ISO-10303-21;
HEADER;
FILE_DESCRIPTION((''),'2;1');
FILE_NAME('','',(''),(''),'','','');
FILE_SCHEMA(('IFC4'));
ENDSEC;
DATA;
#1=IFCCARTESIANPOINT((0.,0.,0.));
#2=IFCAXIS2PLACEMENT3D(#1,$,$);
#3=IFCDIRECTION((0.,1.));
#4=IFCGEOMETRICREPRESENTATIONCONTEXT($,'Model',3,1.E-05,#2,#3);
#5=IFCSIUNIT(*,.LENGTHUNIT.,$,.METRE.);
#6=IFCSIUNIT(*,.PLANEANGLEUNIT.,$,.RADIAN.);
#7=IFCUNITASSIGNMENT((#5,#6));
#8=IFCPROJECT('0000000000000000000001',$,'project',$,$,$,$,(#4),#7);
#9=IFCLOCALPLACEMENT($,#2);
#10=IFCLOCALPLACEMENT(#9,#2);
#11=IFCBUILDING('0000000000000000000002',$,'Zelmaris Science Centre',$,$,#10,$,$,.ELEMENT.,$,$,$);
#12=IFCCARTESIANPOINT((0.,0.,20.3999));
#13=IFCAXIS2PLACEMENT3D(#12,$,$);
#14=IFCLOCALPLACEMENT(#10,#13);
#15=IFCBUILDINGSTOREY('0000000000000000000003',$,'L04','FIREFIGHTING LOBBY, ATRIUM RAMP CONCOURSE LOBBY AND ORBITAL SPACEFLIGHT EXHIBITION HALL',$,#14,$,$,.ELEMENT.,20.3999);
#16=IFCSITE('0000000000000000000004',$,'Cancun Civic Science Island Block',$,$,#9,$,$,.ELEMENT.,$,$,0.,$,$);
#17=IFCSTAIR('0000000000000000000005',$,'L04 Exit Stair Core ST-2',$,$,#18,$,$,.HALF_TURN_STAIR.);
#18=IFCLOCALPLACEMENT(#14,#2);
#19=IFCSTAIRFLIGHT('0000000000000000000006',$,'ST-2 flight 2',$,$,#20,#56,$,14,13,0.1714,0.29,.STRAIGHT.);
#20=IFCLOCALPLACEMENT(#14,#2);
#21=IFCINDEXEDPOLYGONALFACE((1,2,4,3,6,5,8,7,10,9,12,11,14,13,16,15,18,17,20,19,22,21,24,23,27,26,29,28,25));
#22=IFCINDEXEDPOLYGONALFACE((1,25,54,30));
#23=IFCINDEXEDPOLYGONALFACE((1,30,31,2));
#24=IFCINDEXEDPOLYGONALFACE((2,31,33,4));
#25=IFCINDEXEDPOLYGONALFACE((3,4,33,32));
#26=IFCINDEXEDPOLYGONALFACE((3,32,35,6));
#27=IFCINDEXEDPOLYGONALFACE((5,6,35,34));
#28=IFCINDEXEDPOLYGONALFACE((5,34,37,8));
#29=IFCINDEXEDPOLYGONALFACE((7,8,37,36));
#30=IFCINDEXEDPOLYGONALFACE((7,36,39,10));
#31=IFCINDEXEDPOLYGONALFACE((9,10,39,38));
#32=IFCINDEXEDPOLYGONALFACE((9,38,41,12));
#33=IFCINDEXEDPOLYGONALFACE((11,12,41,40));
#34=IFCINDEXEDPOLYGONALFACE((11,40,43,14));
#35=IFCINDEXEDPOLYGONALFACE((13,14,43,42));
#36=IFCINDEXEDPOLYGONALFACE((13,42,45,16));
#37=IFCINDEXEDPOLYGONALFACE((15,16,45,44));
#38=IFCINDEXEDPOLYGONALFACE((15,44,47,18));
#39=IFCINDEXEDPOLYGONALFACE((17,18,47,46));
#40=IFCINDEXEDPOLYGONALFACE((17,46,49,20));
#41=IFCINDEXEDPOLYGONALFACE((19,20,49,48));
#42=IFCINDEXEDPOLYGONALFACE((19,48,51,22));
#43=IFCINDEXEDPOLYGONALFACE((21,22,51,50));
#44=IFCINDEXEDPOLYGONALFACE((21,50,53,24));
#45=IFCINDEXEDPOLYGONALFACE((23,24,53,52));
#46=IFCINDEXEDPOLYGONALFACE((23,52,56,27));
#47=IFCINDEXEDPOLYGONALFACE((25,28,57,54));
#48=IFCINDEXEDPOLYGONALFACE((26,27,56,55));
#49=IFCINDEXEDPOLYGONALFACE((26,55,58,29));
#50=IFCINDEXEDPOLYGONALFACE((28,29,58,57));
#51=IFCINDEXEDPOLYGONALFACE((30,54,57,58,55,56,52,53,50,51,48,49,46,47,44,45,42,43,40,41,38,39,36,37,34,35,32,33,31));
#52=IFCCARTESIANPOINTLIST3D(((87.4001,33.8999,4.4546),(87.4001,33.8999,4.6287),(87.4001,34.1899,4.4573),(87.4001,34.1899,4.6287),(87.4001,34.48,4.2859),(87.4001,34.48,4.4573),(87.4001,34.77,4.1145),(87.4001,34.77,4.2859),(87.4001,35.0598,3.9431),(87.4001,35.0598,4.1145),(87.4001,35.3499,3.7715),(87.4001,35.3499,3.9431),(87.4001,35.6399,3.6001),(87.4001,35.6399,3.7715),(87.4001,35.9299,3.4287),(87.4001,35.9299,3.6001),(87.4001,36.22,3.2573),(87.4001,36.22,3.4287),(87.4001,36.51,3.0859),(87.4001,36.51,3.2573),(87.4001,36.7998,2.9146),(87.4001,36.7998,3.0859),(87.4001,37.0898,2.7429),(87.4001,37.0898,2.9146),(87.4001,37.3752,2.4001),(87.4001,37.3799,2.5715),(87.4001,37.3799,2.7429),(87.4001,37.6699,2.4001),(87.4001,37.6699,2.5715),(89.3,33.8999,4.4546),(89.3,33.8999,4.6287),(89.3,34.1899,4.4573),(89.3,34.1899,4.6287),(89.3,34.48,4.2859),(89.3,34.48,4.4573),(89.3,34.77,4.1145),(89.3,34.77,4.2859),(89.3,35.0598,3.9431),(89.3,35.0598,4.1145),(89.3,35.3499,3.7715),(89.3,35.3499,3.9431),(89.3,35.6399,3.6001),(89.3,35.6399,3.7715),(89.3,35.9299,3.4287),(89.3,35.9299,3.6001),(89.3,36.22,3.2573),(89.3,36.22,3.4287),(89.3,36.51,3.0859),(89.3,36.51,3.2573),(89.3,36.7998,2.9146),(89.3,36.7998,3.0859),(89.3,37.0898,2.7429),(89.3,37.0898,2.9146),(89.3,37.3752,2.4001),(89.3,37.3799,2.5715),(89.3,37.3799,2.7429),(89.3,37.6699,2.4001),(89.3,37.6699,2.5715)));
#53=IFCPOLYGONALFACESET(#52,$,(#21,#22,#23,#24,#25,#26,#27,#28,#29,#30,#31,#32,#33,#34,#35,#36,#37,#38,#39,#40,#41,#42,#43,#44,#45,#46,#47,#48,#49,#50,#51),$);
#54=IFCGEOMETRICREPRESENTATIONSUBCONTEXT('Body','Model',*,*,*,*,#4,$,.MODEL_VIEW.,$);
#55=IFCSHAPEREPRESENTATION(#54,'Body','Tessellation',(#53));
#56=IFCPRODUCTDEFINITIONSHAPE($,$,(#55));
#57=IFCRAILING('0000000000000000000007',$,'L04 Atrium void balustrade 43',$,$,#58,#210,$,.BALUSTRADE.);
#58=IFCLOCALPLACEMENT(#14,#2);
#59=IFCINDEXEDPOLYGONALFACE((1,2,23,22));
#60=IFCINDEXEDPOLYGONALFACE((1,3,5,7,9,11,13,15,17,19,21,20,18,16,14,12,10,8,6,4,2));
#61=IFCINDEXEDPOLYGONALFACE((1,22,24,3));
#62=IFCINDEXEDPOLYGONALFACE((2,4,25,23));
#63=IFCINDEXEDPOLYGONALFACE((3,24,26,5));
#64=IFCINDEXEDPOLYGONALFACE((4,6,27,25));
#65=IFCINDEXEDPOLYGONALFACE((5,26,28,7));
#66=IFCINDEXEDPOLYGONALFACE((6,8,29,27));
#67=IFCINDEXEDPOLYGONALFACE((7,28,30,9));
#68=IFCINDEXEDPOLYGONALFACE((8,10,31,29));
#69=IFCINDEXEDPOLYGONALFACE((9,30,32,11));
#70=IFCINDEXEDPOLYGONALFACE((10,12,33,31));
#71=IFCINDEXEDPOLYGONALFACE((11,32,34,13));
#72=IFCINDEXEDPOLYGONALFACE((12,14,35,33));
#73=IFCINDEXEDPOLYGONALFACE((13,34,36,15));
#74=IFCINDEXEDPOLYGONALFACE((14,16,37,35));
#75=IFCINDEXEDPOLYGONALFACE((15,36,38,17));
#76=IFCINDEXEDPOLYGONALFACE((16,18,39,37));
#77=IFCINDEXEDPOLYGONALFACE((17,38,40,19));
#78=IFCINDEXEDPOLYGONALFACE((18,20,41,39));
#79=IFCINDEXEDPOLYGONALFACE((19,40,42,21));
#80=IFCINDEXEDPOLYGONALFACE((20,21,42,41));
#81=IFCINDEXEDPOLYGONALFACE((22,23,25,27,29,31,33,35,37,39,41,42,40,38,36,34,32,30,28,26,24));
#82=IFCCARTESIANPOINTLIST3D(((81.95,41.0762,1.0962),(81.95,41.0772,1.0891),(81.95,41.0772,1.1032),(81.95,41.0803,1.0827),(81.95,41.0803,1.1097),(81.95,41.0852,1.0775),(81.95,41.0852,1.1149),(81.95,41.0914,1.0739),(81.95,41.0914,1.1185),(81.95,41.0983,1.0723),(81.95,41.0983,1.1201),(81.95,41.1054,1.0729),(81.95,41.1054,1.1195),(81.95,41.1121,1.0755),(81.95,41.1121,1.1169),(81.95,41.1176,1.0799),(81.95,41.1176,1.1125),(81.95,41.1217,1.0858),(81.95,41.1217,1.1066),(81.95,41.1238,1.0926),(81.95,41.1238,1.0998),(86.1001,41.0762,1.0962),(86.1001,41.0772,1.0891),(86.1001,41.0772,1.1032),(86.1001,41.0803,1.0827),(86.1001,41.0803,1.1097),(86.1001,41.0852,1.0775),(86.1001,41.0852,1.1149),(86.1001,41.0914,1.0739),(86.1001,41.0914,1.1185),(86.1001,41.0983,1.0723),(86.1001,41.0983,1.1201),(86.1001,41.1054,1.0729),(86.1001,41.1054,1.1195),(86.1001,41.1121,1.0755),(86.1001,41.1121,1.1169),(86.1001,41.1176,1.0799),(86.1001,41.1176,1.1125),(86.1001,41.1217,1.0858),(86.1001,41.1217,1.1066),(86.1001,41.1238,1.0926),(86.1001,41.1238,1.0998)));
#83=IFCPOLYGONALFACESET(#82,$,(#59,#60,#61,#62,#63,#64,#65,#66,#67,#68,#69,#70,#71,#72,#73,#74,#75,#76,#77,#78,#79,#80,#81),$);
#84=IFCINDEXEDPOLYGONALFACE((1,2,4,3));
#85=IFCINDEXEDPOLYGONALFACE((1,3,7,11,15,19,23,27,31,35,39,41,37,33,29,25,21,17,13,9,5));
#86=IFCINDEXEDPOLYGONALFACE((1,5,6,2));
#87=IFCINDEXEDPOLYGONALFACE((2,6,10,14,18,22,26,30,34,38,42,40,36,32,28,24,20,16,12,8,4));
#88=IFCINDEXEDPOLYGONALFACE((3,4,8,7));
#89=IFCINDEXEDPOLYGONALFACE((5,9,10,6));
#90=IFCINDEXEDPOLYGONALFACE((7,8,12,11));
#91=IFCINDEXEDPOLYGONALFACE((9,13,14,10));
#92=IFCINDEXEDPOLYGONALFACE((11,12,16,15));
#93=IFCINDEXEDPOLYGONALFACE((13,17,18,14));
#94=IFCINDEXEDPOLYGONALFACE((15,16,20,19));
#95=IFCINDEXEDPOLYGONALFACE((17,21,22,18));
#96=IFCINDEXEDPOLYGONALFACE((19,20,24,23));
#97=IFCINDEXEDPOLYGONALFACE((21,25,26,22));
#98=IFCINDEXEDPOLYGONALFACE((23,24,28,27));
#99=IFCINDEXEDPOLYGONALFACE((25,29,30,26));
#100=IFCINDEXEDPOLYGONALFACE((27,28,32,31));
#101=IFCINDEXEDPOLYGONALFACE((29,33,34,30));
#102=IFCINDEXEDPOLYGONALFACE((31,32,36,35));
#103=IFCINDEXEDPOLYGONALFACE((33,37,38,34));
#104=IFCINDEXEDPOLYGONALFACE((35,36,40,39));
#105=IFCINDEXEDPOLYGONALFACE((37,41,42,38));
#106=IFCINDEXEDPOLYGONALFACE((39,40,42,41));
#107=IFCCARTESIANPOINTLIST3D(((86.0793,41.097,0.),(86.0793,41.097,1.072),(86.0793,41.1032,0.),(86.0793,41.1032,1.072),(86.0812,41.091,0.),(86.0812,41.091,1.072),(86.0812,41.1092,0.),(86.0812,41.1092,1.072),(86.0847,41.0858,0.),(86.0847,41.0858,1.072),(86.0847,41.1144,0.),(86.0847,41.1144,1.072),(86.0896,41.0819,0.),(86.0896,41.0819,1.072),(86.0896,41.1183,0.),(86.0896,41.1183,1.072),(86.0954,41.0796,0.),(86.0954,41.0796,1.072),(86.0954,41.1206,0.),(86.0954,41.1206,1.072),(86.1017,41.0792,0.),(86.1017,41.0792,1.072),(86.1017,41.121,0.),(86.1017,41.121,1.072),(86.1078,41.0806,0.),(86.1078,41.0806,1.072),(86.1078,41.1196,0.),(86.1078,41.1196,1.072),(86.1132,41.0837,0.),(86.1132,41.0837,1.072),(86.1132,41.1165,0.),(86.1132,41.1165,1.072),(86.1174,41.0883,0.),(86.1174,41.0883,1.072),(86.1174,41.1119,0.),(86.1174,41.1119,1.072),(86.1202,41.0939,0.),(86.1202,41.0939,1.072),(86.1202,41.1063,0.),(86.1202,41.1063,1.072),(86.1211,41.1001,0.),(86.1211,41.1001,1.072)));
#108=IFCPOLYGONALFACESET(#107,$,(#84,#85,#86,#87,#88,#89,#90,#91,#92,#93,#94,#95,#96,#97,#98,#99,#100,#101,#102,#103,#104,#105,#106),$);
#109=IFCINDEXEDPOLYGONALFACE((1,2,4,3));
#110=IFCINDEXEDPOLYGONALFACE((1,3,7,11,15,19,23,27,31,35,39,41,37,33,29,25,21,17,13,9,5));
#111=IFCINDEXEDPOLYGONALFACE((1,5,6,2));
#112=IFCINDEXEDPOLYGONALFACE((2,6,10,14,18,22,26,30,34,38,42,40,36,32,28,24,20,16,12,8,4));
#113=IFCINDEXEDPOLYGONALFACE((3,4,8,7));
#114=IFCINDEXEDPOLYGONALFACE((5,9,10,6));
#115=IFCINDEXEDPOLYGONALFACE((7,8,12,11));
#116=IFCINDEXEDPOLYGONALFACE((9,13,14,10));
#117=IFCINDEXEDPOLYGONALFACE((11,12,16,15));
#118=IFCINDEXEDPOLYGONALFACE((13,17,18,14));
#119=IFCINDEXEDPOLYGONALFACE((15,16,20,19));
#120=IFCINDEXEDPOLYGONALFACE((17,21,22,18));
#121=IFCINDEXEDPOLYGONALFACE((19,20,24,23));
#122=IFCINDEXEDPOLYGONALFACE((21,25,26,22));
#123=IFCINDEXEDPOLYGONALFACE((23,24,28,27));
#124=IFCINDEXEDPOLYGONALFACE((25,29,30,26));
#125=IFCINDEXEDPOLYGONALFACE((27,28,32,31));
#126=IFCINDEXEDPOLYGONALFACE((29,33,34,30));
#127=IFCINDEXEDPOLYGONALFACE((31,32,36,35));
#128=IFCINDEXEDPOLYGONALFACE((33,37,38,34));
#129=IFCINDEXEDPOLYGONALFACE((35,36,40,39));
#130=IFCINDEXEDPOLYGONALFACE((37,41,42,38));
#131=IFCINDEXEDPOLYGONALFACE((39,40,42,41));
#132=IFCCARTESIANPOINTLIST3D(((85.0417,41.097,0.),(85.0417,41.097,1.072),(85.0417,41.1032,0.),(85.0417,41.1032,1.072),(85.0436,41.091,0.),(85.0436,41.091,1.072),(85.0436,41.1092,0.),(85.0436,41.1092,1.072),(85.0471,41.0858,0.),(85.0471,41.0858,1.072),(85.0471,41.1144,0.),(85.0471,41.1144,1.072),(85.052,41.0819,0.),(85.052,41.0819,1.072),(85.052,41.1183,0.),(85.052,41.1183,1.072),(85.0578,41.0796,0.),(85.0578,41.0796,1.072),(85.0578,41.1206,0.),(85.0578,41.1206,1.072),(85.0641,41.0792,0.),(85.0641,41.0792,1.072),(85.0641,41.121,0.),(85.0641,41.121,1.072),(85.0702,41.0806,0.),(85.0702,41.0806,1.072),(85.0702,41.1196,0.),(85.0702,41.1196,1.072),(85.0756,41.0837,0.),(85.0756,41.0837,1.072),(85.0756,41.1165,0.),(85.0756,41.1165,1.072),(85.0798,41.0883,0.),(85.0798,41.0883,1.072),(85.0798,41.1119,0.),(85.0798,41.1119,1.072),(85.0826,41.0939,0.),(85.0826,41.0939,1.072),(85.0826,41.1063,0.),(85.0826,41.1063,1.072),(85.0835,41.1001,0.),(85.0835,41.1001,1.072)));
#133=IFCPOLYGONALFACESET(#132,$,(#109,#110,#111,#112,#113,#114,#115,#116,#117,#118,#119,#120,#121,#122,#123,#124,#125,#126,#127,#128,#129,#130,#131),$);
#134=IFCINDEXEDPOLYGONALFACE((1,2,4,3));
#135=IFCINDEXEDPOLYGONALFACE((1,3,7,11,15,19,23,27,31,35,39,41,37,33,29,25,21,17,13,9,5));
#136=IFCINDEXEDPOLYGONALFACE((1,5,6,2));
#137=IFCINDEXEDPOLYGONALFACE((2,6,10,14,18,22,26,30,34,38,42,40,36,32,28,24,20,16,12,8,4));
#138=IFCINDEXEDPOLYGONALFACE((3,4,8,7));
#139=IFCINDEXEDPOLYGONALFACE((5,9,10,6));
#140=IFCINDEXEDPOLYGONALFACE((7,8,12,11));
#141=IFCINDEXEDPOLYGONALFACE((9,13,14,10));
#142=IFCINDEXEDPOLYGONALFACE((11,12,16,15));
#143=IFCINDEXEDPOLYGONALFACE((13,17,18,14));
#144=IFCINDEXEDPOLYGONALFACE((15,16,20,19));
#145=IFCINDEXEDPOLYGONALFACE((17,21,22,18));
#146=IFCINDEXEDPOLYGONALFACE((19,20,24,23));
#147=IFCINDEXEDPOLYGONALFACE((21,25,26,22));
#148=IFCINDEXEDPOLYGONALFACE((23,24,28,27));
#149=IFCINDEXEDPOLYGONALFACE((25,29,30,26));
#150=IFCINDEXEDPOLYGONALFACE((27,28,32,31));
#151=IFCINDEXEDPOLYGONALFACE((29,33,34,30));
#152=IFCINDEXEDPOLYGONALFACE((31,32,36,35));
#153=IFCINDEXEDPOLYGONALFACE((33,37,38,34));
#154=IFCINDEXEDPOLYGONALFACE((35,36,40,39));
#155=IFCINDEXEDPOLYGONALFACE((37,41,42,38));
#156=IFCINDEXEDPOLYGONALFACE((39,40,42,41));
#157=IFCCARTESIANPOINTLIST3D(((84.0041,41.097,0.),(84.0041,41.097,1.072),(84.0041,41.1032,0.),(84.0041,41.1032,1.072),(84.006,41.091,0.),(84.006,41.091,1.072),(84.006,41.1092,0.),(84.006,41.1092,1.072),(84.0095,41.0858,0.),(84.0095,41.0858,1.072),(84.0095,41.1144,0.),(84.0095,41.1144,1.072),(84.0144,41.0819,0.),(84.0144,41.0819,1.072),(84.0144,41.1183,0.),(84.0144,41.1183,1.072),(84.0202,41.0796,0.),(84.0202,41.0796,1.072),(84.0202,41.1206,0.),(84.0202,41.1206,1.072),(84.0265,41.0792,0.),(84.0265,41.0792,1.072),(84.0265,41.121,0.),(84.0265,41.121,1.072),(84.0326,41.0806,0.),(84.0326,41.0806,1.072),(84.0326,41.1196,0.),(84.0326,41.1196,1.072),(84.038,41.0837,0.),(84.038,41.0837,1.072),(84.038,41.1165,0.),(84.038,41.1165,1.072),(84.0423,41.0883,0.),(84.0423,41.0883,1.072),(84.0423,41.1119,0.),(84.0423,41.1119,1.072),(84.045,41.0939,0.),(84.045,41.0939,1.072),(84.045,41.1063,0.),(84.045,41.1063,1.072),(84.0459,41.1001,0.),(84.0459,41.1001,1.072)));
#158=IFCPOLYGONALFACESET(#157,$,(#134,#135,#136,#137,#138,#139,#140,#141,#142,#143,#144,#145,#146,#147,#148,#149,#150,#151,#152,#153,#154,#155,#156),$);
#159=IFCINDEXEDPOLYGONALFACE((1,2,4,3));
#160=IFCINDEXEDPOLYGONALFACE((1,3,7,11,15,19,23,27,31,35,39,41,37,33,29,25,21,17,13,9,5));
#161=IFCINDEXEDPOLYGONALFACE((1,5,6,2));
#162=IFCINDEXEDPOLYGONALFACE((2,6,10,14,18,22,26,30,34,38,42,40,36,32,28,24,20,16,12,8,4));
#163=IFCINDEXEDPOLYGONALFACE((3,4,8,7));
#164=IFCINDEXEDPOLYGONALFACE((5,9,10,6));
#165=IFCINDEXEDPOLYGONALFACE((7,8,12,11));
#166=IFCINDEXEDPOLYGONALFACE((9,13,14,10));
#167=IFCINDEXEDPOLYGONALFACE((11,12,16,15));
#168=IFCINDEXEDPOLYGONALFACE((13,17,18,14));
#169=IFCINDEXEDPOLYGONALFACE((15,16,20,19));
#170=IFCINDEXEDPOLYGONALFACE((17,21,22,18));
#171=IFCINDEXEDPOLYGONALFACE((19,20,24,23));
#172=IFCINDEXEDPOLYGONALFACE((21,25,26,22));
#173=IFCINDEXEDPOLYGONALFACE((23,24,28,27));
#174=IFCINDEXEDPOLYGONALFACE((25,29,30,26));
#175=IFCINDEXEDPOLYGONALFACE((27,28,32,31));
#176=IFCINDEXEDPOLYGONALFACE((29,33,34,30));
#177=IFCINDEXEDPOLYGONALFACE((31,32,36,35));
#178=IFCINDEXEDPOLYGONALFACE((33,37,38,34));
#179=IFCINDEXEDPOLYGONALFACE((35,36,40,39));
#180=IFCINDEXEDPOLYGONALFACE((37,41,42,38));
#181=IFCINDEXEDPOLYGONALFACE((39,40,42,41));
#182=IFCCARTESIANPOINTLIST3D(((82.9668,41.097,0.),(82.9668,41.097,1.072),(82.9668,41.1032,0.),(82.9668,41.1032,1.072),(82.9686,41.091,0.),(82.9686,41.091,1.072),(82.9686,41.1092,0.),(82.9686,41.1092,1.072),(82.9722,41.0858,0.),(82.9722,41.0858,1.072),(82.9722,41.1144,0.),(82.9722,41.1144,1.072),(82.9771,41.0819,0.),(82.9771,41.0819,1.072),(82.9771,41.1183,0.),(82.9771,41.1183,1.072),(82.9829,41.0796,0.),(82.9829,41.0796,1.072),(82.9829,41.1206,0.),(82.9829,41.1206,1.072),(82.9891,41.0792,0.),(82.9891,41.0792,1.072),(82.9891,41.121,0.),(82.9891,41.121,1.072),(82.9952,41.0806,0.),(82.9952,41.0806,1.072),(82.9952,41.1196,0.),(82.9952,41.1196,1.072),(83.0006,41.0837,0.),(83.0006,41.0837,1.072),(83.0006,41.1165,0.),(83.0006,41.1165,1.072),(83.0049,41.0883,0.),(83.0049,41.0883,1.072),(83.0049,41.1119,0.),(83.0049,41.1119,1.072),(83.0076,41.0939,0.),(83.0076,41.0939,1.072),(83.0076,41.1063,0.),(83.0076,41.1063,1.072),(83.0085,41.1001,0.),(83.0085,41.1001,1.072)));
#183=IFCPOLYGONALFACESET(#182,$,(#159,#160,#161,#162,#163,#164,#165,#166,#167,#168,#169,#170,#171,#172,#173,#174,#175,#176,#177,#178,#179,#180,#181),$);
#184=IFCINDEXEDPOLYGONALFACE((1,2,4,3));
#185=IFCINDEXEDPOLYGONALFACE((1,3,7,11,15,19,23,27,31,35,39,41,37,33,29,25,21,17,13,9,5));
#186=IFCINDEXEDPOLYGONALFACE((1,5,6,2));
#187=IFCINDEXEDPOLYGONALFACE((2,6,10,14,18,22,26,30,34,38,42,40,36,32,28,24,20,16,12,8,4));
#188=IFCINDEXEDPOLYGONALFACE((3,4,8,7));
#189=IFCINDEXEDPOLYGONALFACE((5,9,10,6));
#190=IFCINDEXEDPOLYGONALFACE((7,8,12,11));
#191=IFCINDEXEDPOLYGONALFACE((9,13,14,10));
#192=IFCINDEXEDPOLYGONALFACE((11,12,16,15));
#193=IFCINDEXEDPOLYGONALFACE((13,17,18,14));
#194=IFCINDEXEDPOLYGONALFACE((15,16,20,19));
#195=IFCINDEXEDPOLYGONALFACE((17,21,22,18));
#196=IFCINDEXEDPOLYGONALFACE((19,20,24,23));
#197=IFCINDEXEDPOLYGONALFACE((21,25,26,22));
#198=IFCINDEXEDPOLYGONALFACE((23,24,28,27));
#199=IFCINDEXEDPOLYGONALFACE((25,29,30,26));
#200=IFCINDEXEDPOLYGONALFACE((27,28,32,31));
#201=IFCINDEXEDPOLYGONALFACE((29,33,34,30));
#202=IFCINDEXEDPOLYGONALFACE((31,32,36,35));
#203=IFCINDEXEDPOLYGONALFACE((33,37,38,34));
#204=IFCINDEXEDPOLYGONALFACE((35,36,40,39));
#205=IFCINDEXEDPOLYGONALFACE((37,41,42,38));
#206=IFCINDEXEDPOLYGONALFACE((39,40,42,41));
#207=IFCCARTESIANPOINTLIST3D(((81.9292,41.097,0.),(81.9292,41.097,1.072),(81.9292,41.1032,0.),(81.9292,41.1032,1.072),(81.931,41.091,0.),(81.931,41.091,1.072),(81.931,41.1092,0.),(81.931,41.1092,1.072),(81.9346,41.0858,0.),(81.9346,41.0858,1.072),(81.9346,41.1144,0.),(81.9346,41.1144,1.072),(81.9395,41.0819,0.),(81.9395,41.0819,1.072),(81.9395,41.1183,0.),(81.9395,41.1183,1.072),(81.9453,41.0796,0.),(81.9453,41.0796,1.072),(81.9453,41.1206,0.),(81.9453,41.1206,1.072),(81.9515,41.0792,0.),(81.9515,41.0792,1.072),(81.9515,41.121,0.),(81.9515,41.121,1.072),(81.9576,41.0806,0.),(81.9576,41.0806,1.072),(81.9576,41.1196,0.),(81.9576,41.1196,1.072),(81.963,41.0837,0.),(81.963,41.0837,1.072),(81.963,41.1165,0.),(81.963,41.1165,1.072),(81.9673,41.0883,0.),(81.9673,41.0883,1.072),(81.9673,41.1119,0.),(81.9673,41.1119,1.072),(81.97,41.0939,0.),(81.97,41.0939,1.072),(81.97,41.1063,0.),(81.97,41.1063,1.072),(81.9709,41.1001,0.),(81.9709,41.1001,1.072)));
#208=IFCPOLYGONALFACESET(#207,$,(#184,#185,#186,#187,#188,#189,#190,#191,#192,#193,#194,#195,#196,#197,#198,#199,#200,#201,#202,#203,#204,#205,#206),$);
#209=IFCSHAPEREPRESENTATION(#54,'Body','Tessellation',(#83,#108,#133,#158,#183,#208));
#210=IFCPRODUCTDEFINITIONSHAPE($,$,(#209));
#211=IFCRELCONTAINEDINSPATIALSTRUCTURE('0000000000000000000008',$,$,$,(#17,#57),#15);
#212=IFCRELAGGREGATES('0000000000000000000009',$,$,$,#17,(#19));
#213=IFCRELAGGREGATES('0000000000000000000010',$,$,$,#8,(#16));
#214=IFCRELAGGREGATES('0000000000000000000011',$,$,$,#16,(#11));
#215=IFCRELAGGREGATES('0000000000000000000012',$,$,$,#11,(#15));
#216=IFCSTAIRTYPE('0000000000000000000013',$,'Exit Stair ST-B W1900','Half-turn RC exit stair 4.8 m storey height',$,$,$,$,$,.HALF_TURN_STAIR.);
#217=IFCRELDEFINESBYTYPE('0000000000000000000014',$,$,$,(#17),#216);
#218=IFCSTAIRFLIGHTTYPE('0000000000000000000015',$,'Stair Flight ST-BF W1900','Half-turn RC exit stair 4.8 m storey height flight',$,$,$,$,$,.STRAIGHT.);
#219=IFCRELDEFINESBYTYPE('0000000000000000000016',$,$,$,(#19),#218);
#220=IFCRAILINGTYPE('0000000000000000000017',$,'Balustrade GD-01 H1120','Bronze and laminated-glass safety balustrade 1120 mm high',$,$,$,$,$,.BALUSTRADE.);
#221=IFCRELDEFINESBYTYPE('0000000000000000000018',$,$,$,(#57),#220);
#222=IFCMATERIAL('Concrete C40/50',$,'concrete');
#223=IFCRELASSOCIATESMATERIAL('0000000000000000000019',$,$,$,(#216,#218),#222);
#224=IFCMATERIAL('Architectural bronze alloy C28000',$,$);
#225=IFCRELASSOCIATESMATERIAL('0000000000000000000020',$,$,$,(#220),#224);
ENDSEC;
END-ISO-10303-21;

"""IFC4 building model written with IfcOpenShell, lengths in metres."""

from ifc_helpers import new_model, si_unit, direction, frame, origin, origin_2d, place, context, subcontext, project, spatial, polyline, circle, outline, extrude, material, type_object, element, aggregate, save


model = new_model("IFC4")

# Units and contexts
model_context = context("Model", 3, precision=1e-05, world=origin(), true_north=direction((0.0, 1.0)))
body_context = subcontext(model_context, "Body", "Model", "MODEL_VIEW")
ifc_project = project(units=[si_unit("LENGTHUNIT", "METRE"), si_unit("PLANEANGLEUNIT", "RADIAN")], contexts=[model_context])

# Site, building, storey
site_placement = place(None, origin())
site = spatial("IfcSite", under=ifc_project, at=site_placement, Name="Cancun Civic Science Island Block", CompositionType="ELEMENT", RefElevation=0.0)
building_placement = place(site_placement, origin())
building = spatial("IfcBuilding", under=site, at=building_placement, Name="Zelmaris Science Centre", CompositionType="ELEMENT")
storey_placement = place(building_placement, frame((0.0, 0.0, 20.3999)))
storey = spatial("IfcBuildingStorey", under=building, at=storey_placement, Name="L04", Description="FIREFIGHTING LOBBY, ATRIUM RAMP CONCOURSE LOBBY AND ORBITAL SPACEFLIGHT EXHIBITION HALL", CompositionType="ELEMENT", Elevation=20.3999)

# Shared definitions
ifc_material_1 = material(Name="Concrete C40/50", Category="concrete")

# Stair, stair flight
stair_type = type_object("IfcStairType", Name="Exit Stair ST-B W1900", Description="Half-turn RC exit stair 4.8 m storey height", PredefinedType="HALF_TURN_STAIR", material=ifc_material_1)
stair_placement = place(storey_placement, origin())
stair = element("IfcStair", 1, at=stair_placement, inside=storey, type_object=stair_type, Name="L04 Exit Stair Core ST-2", PredefinedType="HALF_TURN_STAIR")
stair_flight_type = type_object("IfcStairFlightType", Name="Stair Flight ST-BF W1900", Description="Half-turn RC exit stair 4.8 m storey height flight", PredefinedType="STRAIGHT", material=ifc_material_1)
stair_flight_placement = place(storey_placement, frame((88.3501, 37.6699, 2.4001), z_axis=(0.0, 0.0, 1.0), x_axis=(0.0, -1.0, 0.0)))
stair_flight = element("IfcStairFlight", 2, at=stair_flight_placement, type_object=stair_flight_type, Name="ST-2 flight 2", NumberOfRisers=14, NumberOfTreads=13, PredefinedType="STRAIGHT", RiserHeight=0.1714, TreadLength=0.29, context=body_context, shape_type="SweptSolid", body=[
    extrude(outline(polyline([(0.0, 0.0), (0.0, 0.1714), (0.29, 0.1714), (0.29, 0.3428), (0.5801, 0.3428), (0.5801, 0.5144), (0.8701, 0.5144), (0.8701, 0.6858), (1.1599, 0.6858), (1.1599, 0.8572), (1.45, 0.8572), (1.45, 1.0286), (1.74, 1.0286), (1.74, 1.2), (2.03, 1.2), (2.03, 1.3713), (2.3201, 1.3713), (2.3201, 1.543), (2.6101, 1.543), (2.6101, 1.7144), (2.8999, 1.7144), (2.8999, 1.8857), (3.1899, 1.8857), (3.1899, 2.0571), (3.48, 2.0571), (3.48, 2.2285), (3.77, 2.2285), (3.77, 2.3999), (3.77, 2.0544), (0.2947, 0.0), (0.0, 0.0)])), frame((0.0, 0.95, 0.0), z_axis=(0.0, -1.0, 0.0), x_axis=(1.0, 0.0, 0.0)), (0.0, 0.0, 1.0), 1.8999),
])
aggregate(stair, [stair_flight])

# Railing
ifc_material_2 = material(Name="Architectural bronze alloy C28000")
railing_type_1 = type_object("IfcRailingType", Name="Balustrade GD-01 H1120", Description="Bronze and laminated-glass safety balustrade 1120 mm high", PredefinedType="BALUSTRADE", material=ifc_material_2)
for number, where, name in (
    (3, (86.1001, 41.1001, 0.0), "L04 Atrium void balustrade 43"),
):
    element("IfcRailing", number, at=place(storey_placement, frame(where)), inside=storey, type_object=railing_type_1, Name=name, PredefinedType="BALUSTRADE", context=body_context, shape_type="SweptSolid", body=[
        extrude(circle(Radius=0.0239, at=origin_2d()), frame((0.0, 0.0, 1.0962), z_axis=(-1.0, 0.0, 0.0), x_axis=(0.0, -1.0, 0.0)), (0.0, 0.0, 1.0), 4.1501),
        extrude(circle(Radius=0.021, at=origin_2d()), origin(), (0.0, 0.0, 1.0), 1.072),
        extrude(circle(Radius=0.021, at=origin_2d()), frame((-1.0376, 0.0, 0.0)), (0.0, 0.0, 1.0), 1.072),
        extrude(circle(Radius=0.021, at=origin_2d()), frame((-2.0752, 0.0, 0.0)), (0.0, 0.0, 1.0), 1.072),
        extrude(circle(Radius=0.021, at=origin_2d()), frame((-3.1125, 0.0, 0.0)), (0.0, 0.0, 1.0), 1.072),
        extrude(circle(Radius=0.021, at=origin_2d()), frame((-4.1501, 0.0, 0.0)), (0.0, 0.0, 1.0), 1.072),
    ])

save(model, "model.ifc")
